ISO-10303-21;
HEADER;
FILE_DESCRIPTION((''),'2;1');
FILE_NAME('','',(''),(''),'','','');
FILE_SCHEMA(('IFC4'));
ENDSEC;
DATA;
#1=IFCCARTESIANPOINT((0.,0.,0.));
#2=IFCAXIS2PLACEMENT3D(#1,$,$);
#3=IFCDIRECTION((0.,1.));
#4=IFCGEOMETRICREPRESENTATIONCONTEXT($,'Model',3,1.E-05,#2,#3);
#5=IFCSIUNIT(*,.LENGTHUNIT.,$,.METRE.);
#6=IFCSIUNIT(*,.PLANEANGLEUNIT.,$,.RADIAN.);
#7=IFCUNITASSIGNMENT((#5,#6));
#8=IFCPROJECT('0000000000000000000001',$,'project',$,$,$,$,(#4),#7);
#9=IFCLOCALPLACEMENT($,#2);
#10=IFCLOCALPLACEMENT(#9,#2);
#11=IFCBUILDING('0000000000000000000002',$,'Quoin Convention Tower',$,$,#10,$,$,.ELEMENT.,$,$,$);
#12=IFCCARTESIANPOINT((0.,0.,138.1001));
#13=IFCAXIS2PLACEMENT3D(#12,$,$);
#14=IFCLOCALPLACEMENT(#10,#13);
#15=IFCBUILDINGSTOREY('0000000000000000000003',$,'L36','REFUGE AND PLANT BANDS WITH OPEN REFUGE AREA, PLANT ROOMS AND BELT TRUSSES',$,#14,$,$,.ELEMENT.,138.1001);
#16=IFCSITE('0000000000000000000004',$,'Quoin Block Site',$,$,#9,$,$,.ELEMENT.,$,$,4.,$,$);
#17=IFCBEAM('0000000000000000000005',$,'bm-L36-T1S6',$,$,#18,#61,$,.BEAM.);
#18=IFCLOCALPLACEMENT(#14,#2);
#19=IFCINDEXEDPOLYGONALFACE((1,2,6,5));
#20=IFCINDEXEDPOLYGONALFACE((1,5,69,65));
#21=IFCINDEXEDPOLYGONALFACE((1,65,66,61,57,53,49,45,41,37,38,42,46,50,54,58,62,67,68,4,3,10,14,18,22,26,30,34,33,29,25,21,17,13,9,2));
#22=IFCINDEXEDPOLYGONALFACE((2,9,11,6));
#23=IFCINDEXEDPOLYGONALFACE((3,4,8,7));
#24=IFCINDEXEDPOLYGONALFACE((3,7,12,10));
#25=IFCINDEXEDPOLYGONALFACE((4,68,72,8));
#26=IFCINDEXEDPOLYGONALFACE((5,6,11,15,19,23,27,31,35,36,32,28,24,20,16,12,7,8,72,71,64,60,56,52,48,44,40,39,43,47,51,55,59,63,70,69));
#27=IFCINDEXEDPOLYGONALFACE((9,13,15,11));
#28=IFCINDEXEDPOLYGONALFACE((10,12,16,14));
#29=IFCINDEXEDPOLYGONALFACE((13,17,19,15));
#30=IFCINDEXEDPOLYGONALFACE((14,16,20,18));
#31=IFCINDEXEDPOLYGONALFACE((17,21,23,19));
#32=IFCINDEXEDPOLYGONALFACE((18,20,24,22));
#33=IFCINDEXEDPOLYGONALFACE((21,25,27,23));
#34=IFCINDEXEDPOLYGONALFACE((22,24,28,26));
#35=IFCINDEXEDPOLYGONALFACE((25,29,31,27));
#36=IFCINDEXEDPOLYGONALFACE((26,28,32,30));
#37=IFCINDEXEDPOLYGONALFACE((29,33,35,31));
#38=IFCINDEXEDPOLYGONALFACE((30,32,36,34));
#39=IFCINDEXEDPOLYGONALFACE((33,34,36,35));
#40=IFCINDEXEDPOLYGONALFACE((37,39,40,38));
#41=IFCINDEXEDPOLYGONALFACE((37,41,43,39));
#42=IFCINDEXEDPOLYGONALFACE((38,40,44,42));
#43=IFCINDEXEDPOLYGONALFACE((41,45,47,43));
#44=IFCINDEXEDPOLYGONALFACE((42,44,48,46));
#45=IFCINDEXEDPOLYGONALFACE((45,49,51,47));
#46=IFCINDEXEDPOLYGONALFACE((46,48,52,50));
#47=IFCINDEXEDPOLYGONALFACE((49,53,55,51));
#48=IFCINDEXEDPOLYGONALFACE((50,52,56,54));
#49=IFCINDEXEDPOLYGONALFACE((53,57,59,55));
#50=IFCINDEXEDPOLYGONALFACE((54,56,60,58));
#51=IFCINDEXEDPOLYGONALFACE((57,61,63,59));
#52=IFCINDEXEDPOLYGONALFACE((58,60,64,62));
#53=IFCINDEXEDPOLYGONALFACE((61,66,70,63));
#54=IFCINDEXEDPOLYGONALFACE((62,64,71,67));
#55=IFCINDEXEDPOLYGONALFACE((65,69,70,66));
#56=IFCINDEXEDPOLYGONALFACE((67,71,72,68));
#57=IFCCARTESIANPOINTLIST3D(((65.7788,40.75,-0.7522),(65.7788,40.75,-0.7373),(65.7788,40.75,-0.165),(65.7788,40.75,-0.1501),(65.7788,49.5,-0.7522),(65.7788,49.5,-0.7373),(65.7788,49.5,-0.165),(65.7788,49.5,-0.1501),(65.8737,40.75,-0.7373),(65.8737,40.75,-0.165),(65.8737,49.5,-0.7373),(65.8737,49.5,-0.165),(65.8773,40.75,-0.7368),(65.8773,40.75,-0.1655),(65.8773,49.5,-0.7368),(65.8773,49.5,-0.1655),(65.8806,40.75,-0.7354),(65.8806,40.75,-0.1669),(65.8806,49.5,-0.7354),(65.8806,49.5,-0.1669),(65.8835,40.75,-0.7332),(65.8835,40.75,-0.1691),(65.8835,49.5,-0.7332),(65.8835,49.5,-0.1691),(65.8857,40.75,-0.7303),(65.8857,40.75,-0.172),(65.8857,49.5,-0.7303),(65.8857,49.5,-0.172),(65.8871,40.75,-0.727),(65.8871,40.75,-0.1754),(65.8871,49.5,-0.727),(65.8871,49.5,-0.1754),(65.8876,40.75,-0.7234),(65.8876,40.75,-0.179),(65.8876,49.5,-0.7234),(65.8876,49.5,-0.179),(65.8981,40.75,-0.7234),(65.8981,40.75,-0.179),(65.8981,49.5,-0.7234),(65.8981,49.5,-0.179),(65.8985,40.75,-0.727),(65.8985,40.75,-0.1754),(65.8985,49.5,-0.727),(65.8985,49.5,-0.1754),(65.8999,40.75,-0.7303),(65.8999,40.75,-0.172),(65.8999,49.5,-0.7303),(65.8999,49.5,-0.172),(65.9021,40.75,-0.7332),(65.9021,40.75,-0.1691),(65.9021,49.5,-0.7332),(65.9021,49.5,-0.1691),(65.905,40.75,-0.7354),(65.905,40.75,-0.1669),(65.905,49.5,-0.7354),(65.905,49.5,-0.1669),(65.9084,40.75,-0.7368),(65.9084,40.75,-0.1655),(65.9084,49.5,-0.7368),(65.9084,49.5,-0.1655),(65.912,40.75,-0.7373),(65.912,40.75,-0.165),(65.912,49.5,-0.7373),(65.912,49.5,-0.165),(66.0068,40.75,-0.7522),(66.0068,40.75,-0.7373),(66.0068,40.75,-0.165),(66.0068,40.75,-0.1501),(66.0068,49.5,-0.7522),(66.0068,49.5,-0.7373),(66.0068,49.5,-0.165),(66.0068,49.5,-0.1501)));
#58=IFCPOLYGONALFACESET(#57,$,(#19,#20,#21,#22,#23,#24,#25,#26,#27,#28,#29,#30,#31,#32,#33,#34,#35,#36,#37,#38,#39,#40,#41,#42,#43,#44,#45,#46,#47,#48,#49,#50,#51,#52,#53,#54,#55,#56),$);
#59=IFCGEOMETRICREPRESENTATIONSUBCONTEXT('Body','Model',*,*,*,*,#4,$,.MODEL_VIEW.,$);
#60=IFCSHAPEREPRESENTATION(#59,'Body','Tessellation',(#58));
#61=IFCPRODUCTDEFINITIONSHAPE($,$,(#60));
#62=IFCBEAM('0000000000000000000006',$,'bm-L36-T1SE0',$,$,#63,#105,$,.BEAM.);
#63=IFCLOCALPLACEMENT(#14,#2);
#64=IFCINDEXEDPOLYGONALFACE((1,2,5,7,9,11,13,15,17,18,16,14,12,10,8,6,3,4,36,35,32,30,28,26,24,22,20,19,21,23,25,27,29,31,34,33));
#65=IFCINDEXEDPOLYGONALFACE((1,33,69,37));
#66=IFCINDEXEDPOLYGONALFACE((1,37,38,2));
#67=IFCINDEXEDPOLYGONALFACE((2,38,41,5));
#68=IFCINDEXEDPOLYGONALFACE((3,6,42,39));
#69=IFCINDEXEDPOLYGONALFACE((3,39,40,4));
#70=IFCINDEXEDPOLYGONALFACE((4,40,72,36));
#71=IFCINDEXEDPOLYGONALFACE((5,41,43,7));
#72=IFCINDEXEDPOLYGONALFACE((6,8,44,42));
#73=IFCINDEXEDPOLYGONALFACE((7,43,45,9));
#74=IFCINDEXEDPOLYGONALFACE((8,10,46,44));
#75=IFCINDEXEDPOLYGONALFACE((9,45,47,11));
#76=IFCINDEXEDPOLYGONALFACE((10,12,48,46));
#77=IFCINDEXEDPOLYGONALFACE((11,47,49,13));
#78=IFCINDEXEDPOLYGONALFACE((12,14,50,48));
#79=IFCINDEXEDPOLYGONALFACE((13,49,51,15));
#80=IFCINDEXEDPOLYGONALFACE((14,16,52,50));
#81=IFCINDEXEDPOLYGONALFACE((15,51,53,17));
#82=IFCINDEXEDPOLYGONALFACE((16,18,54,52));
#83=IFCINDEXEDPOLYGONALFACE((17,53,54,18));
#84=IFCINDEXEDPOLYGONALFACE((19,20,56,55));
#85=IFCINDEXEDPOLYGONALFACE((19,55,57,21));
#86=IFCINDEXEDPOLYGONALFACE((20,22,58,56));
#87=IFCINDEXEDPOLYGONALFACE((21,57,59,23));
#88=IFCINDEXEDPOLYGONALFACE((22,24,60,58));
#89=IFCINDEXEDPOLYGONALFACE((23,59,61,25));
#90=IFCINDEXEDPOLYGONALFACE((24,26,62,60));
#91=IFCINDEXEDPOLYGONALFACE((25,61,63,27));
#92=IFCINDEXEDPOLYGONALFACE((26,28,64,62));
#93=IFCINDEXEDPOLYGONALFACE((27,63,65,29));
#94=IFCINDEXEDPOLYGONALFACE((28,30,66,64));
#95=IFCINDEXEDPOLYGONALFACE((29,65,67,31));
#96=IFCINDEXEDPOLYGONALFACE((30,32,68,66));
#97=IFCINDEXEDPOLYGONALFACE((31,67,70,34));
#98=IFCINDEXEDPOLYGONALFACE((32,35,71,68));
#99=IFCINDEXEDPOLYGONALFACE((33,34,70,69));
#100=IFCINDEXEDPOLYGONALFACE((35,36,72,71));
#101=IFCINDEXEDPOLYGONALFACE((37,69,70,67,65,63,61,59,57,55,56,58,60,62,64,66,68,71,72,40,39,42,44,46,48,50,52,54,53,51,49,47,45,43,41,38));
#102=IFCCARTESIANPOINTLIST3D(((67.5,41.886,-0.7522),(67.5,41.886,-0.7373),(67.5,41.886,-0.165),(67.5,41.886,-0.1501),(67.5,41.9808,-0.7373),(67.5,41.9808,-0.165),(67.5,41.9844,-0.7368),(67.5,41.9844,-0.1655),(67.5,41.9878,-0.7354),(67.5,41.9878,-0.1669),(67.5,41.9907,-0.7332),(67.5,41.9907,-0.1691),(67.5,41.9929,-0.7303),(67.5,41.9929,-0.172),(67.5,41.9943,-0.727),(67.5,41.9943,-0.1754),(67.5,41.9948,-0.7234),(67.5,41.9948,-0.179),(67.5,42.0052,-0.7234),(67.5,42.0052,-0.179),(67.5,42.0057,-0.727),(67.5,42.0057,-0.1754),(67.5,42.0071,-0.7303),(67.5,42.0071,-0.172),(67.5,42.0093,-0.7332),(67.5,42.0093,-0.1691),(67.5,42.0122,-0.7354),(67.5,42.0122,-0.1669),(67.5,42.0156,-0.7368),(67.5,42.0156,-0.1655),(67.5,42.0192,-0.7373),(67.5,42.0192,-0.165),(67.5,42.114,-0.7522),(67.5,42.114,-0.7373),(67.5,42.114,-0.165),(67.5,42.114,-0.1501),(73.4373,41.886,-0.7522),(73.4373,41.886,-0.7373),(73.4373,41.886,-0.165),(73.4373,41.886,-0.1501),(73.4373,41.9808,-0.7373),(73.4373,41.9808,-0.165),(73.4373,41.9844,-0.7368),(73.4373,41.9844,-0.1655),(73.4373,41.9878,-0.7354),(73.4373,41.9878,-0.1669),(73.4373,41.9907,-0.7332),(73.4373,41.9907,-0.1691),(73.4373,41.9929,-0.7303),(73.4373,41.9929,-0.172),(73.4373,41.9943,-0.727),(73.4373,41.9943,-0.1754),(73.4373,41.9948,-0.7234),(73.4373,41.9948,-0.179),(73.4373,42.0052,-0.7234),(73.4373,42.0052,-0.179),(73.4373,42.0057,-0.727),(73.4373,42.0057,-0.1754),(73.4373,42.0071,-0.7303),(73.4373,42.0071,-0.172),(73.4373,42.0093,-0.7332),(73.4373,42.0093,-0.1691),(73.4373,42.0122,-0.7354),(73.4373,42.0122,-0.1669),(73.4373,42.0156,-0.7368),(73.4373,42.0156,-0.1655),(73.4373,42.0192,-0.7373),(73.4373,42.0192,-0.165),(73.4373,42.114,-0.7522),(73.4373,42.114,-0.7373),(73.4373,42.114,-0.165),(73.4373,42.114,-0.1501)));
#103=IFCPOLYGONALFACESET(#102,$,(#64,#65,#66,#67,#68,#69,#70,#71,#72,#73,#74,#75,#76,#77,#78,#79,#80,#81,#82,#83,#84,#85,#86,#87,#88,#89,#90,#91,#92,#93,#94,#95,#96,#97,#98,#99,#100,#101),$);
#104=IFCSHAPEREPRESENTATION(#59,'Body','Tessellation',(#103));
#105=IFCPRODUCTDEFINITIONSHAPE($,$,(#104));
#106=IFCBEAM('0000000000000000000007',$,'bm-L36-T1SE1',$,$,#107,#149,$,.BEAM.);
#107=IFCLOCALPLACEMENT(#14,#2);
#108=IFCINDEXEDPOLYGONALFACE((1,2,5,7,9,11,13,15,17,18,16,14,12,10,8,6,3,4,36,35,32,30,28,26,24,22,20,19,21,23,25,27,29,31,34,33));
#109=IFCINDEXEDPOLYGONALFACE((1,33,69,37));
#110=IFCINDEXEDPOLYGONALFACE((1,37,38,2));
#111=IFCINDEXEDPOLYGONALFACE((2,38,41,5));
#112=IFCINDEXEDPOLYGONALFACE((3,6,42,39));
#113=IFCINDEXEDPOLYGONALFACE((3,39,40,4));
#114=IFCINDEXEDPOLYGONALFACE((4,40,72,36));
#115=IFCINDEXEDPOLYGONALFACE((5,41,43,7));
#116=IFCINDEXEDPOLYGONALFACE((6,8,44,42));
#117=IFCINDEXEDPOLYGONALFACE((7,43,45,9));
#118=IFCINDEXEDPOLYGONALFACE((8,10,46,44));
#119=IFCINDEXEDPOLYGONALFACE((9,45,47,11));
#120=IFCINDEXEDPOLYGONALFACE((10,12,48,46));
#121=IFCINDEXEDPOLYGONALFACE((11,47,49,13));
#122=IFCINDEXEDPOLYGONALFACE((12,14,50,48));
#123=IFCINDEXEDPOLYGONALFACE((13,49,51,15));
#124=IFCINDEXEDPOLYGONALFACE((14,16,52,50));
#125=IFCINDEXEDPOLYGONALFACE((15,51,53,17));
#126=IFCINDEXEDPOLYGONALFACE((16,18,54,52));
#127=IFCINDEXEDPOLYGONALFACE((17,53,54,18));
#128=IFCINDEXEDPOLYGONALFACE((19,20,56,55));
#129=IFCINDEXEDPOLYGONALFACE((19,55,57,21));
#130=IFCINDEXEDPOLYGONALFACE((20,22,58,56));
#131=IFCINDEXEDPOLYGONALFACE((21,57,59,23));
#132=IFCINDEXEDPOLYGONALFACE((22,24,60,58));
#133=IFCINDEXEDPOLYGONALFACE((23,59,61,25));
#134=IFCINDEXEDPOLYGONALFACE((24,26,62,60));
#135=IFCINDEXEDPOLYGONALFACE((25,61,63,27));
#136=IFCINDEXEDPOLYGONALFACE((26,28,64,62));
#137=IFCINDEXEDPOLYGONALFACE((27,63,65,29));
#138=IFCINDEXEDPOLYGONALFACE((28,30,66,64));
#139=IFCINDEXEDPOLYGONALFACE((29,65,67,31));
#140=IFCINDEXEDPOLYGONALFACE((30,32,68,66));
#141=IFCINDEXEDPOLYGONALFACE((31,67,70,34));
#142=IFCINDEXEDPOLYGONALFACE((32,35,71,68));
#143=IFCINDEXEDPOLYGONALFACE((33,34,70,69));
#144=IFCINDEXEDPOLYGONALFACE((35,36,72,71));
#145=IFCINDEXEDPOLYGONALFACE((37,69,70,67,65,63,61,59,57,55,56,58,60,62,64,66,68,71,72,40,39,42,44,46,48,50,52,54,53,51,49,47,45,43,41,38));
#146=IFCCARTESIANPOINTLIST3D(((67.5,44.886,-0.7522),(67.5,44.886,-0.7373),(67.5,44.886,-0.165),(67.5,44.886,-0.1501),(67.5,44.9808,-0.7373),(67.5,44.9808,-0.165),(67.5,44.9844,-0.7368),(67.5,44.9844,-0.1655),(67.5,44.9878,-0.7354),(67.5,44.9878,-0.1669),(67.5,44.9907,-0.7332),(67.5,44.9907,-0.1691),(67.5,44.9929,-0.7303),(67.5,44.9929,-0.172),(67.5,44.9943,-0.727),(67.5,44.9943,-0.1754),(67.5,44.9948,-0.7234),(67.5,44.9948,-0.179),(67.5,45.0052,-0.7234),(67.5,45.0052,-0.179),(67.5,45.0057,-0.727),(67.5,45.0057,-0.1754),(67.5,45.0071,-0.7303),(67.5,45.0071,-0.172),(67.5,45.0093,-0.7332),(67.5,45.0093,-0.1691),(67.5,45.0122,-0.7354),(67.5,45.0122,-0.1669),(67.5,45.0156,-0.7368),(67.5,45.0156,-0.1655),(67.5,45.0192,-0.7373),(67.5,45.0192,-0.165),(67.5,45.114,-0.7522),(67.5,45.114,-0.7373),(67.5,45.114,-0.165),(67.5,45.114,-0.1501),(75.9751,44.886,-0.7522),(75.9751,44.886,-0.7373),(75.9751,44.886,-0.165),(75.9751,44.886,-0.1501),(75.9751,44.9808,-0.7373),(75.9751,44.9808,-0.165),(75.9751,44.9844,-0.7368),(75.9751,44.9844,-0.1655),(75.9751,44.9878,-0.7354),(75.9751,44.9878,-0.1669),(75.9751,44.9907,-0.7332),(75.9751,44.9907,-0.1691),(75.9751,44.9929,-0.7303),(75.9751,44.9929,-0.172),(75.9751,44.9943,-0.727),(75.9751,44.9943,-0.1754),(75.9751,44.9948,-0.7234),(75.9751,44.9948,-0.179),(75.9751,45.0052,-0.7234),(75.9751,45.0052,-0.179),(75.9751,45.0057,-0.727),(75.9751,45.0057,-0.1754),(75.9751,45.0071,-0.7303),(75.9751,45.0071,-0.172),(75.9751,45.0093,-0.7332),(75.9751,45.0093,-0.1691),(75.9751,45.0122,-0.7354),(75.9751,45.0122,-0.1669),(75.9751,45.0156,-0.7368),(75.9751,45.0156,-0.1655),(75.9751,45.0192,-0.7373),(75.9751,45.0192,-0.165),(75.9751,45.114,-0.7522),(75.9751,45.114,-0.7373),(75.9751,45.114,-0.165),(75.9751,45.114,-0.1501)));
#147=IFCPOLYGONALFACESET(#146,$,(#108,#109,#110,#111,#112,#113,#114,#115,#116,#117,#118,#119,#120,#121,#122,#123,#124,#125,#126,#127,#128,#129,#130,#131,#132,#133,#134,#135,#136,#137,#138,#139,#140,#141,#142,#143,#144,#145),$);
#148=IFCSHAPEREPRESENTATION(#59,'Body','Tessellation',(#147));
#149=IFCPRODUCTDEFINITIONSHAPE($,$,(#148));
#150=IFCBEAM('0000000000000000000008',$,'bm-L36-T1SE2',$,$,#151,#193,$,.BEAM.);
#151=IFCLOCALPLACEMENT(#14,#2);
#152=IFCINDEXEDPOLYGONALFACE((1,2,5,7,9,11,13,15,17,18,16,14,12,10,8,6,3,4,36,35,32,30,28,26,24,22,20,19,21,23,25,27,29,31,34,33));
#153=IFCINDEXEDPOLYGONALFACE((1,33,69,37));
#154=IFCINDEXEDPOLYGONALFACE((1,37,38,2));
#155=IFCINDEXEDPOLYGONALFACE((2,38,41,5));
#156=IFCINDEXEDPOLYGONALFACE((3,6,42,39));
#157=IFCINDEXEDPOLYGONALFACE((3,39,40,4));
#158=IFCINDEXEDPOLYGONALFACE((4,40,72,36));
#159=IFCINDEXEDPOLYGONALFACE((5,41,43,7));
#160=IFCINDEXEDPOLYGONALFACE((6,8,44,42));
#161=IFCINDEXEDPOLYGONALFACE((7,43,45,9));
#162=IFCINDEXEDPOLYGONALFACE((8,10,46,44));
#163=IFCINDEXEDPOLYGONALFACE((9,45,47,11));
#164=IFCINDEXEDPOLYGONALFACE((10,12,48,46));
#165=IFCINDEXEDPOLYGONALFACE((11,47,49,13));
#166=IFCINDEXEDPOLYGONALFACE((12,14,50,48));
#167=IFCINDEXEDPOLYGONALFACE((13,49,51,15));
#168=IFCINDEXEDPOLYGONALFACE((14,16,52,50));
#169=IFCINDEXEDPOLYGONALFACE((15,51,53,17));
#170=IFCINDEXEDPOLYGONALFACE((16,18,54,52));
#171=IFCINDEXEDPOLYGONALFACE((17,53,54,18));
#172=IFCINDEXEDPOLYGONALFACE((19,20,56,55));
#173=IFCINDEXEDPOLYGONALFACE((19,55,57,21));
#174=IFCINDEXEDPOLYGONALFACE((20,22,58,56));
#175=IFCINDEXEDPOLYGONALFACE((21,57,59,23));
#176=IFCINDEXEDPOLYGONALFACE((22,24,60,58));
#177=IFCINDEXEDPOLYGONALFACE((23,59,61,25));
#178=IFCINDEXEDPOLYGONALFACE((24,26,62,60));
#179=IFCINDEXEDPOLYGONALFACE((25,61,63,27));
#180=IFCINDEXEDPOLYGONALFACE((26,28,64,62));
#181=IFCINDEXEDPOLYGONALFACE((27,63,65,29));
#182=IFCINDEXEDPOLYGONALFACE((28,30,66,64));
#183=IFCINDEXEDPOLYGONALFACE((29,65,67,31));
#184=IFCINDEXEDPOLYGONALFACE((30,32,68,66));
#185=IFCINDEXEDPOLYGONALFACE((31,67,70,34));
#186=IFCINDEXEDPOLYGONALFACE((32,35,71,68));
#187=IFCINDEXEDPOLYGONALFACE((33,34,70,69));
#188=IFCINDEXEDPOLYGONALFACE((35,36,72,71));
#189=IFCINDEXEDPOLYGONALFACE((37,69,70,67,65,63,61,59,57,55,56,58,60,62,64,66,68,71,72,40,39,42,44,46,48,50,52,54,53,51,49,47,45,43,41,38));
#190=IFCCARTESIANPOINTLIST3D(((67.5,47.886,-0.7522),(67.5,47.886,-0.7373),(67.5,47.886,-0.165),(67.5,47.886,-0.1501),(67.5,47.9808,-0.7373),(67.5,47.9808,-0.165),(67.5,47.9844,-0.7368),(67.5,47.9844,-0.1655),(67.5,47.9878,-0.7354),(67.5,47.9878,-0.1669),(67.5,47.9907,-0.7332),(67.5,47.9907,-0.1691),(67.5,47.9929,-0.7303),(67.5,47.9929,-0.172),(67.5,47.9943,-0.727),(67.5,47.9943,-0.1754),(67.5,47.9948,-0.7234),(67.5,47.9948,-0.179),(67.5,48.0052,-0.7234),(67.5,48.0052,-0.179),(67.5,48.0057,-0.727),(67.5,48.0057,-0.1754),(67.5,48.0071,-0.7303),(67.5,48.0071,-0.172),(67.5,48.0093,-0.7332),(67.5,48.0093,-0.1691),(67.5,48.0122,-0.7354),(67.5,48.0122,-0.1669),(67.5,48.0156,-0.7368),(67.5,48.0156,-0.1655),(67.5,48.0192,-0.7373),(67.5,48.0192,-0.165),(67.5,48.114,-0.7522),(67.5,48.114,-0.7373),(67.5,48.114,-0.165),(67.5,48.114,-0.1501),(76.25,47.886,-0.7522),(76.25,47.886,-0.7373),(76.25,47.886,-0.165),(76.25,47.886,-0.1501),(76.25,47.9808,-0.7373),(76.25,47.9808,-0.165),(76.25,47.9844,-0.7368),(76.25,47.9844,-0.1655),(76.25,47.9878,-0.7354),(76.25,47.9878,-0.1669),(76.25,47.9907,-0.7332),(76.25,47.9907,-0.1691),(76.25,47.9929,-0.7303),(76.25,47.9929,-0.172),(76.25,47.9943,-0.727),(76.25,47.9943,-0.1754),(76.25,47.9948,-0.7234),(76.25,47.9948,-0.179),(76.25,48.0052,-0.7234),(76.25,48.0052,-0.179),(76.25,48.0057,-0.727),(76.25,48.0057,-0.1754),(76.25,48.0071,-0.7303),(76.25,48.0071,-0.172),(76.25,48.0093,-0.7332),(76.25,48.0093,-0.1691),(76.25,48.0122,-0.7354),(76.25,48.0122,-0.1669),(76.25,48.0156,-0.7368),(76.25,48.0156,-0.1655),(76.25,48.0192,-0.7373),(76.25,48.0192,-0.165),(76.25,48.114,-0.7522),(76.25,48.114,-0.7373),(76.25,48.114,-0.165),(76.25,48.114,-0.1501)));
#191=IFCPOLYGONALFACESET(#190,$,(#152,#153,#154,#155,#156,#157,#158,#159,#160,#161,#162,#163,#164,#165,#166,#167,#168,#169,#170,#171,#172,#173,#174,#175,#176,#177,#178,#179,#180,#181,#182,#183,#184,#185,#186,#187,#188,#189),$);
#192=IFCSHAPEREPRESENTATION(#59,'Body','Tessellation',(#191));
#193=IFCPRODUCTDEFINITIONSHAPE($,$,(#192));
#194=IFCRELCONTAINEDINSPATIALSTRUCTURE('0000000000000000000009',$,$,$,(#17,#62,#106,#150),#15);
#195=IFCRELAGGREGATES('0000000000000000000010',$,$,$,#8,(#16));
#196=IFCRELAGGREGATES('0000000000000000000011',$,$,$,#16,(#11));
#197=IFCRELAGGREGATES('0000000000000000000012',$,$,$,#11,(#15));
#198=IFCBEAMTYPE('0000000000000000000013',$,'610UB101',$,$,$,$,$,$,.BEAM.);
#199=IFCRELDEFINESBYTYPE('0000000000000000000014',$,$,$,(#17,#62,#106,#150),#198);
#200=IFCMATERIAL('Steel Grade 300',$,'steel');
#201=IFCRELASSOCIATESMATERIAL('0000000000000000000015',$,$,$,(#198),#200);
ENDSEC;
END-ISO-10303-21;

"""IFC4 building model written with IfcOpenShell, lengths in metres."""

from ifc_helpers import new_model, si_unit, direction, frame, origin, origin_2d, place, context, subcontext, project, spatial, i_section, extrude, material, material_profile, profile_set, type_object, element, save


model = new_model("IFC4")

# Units and contexts
model_context = context("Model", 3, precision=1e-05, world=origin(), true_north=direction((0.0, 1.0)))
body_context = subcontext(model_context, "Body", "Model", "MODEL_VIEW")
ifc_project = project(units=[si_unit("LENGTHUNIT", "METRE"), si_unit("PLANEANGLEUNIT", "RADIAN")], contexts=[model_context])

# Site, building, storey
site_placement = place(None, origin())
site = spatial("IfcSite", under=ifc_project, at=site_placement, Name="Quoin Block Site", CompositionType="ELEMENT", RefElevation=4.0)
building_placement = place(site_placement, origin())
building = spatial("IfcBuilding", under=site, at=building_placement, Name="Quoin Convention Tower", CompositionType="ELEMENT")
storey_placement = place(building_placement, frame((0.0, 0.0, 138.1001)))
storey = spatial("IfcBuildingStorey", under=building, at=storey_placement, Name="L36", Description="REFUGE AND PLANT BANDS WITH OPEN REFUGE AREA, PLANT ROOMS AND BELT TRUSSES", CompositionType="ELEMENT", Elevation=138.1001)

# Shared definitions
ifc_material_1 = material(Name="Steel Grade 300", Category="steel")

# Beams
ifc_material_profile_1 = material_profile(ifc_material_1, i_section(OverallWidth=0.228, OverallDepth=0.6021, WebThickness=0.0105, FlangeThickness=0.0149, FilletRadius=0.0139, at=origin_2d()), Name="610UB101")
ifc_profile_set_1 = profile_set([ifc_material_profile_1], Name="Steel Grade 300")
beam_type_1 = type_object("IfcBeamType", Name="610UB101", PredefinedType="BEAM", material=ifc_profile_set_1)
beam_1_placement = place(storey_placement, frame((65.8928, 40.75, -0.4512), z_axis=(0.0, 1.0, 0.0), x_axis=(-1.0, 0.0, 0.0)))
element("IfcBeam", 1, at=beam_1_placement, inside=storey, type_object=beam_type_1, Name="bm-L36-T1S6", PredefinedType="BEAM", context=body_context, shape_type="SweptSolid", body=[
    extrude(i_section(OverallWidth=0.228, OverallDepth=0.6021, WebThickness=0.0105, FlangeThickness=0.0149, FilletRadius=0.0139, at=origin_2d()), origin(), (0.0, 0.0, 1.0), 8.75),
])
beam_2_placement = place(storey_placement, frame((67.5, 42.0, -0.4512), z_axis=(1.0, 0.0, 0.0), x_axis=(0.0, 1.0, 0.0)))
element("IfcBeam", 2, at=beam_2_placement, inside=storey, type_object=beam_type_1, Name="bm-L36-T1SE0", PredefinedType="BEAM", context=body_context, shape_type="SweptSolid", body=[
    extrude(i_section(OverallWidth=0.228, OverallDepth=0.6021, WebThickness=0.0105, FlangeThickness=0.0149, FilletRadius=0.0139, at=origin_2d()), origin(), (0.0, 0.0, 1.0), 5.9373),
])
beam_3_placement = place(storey_placement, frame((67.5, 45.0, -0.4512), z_axis=(1.0, 0.0, 0.0), x_axis=(0.0, 1.0, 0.0)))
element("IfcBeam", 3, at=beam_3_placement, inside=storey, type_object=beam_type_1, Name="bm-L36-T1SE1", PredefinedType="BEAM", context=body_context, shape_type="SweptSolid", body=[
    extrude(i_section(OverallWidth=0.228, OverallDepth=0.6021, WebThickness=0.0105, FlangeThickness=0.0149, FilletRadius=0.0139, at=origin_2d()), origin(), (0.0, 0.0, 1.0), 8.4751),
])
beam_4_placement = place(storey_placement, frame((67.5, 48.0, -0.4512), z_axis=(1.0, 0.0, 0.0), x_axis=(0.0, 1.0, 0.0)))
element("IfcBeam", 4, at=beam_4_placement, inside=storey, type_object=beam_type_1, Name="bm-L36-T1SE2", PredefinedType="BEAM", context=body_context, shape_type="SweptSolid", body=[
    extrude(i_section(OverallWidth=0.228, OverallDepth=0.6021, WebThickness=0.0105, FlangeThickness=0.0149, FilletRadius=0.0139, at=origin_2d()), origin(), (0.0, 0.0, 1.0), 8.75),
])

save(model, "model.ifc")
